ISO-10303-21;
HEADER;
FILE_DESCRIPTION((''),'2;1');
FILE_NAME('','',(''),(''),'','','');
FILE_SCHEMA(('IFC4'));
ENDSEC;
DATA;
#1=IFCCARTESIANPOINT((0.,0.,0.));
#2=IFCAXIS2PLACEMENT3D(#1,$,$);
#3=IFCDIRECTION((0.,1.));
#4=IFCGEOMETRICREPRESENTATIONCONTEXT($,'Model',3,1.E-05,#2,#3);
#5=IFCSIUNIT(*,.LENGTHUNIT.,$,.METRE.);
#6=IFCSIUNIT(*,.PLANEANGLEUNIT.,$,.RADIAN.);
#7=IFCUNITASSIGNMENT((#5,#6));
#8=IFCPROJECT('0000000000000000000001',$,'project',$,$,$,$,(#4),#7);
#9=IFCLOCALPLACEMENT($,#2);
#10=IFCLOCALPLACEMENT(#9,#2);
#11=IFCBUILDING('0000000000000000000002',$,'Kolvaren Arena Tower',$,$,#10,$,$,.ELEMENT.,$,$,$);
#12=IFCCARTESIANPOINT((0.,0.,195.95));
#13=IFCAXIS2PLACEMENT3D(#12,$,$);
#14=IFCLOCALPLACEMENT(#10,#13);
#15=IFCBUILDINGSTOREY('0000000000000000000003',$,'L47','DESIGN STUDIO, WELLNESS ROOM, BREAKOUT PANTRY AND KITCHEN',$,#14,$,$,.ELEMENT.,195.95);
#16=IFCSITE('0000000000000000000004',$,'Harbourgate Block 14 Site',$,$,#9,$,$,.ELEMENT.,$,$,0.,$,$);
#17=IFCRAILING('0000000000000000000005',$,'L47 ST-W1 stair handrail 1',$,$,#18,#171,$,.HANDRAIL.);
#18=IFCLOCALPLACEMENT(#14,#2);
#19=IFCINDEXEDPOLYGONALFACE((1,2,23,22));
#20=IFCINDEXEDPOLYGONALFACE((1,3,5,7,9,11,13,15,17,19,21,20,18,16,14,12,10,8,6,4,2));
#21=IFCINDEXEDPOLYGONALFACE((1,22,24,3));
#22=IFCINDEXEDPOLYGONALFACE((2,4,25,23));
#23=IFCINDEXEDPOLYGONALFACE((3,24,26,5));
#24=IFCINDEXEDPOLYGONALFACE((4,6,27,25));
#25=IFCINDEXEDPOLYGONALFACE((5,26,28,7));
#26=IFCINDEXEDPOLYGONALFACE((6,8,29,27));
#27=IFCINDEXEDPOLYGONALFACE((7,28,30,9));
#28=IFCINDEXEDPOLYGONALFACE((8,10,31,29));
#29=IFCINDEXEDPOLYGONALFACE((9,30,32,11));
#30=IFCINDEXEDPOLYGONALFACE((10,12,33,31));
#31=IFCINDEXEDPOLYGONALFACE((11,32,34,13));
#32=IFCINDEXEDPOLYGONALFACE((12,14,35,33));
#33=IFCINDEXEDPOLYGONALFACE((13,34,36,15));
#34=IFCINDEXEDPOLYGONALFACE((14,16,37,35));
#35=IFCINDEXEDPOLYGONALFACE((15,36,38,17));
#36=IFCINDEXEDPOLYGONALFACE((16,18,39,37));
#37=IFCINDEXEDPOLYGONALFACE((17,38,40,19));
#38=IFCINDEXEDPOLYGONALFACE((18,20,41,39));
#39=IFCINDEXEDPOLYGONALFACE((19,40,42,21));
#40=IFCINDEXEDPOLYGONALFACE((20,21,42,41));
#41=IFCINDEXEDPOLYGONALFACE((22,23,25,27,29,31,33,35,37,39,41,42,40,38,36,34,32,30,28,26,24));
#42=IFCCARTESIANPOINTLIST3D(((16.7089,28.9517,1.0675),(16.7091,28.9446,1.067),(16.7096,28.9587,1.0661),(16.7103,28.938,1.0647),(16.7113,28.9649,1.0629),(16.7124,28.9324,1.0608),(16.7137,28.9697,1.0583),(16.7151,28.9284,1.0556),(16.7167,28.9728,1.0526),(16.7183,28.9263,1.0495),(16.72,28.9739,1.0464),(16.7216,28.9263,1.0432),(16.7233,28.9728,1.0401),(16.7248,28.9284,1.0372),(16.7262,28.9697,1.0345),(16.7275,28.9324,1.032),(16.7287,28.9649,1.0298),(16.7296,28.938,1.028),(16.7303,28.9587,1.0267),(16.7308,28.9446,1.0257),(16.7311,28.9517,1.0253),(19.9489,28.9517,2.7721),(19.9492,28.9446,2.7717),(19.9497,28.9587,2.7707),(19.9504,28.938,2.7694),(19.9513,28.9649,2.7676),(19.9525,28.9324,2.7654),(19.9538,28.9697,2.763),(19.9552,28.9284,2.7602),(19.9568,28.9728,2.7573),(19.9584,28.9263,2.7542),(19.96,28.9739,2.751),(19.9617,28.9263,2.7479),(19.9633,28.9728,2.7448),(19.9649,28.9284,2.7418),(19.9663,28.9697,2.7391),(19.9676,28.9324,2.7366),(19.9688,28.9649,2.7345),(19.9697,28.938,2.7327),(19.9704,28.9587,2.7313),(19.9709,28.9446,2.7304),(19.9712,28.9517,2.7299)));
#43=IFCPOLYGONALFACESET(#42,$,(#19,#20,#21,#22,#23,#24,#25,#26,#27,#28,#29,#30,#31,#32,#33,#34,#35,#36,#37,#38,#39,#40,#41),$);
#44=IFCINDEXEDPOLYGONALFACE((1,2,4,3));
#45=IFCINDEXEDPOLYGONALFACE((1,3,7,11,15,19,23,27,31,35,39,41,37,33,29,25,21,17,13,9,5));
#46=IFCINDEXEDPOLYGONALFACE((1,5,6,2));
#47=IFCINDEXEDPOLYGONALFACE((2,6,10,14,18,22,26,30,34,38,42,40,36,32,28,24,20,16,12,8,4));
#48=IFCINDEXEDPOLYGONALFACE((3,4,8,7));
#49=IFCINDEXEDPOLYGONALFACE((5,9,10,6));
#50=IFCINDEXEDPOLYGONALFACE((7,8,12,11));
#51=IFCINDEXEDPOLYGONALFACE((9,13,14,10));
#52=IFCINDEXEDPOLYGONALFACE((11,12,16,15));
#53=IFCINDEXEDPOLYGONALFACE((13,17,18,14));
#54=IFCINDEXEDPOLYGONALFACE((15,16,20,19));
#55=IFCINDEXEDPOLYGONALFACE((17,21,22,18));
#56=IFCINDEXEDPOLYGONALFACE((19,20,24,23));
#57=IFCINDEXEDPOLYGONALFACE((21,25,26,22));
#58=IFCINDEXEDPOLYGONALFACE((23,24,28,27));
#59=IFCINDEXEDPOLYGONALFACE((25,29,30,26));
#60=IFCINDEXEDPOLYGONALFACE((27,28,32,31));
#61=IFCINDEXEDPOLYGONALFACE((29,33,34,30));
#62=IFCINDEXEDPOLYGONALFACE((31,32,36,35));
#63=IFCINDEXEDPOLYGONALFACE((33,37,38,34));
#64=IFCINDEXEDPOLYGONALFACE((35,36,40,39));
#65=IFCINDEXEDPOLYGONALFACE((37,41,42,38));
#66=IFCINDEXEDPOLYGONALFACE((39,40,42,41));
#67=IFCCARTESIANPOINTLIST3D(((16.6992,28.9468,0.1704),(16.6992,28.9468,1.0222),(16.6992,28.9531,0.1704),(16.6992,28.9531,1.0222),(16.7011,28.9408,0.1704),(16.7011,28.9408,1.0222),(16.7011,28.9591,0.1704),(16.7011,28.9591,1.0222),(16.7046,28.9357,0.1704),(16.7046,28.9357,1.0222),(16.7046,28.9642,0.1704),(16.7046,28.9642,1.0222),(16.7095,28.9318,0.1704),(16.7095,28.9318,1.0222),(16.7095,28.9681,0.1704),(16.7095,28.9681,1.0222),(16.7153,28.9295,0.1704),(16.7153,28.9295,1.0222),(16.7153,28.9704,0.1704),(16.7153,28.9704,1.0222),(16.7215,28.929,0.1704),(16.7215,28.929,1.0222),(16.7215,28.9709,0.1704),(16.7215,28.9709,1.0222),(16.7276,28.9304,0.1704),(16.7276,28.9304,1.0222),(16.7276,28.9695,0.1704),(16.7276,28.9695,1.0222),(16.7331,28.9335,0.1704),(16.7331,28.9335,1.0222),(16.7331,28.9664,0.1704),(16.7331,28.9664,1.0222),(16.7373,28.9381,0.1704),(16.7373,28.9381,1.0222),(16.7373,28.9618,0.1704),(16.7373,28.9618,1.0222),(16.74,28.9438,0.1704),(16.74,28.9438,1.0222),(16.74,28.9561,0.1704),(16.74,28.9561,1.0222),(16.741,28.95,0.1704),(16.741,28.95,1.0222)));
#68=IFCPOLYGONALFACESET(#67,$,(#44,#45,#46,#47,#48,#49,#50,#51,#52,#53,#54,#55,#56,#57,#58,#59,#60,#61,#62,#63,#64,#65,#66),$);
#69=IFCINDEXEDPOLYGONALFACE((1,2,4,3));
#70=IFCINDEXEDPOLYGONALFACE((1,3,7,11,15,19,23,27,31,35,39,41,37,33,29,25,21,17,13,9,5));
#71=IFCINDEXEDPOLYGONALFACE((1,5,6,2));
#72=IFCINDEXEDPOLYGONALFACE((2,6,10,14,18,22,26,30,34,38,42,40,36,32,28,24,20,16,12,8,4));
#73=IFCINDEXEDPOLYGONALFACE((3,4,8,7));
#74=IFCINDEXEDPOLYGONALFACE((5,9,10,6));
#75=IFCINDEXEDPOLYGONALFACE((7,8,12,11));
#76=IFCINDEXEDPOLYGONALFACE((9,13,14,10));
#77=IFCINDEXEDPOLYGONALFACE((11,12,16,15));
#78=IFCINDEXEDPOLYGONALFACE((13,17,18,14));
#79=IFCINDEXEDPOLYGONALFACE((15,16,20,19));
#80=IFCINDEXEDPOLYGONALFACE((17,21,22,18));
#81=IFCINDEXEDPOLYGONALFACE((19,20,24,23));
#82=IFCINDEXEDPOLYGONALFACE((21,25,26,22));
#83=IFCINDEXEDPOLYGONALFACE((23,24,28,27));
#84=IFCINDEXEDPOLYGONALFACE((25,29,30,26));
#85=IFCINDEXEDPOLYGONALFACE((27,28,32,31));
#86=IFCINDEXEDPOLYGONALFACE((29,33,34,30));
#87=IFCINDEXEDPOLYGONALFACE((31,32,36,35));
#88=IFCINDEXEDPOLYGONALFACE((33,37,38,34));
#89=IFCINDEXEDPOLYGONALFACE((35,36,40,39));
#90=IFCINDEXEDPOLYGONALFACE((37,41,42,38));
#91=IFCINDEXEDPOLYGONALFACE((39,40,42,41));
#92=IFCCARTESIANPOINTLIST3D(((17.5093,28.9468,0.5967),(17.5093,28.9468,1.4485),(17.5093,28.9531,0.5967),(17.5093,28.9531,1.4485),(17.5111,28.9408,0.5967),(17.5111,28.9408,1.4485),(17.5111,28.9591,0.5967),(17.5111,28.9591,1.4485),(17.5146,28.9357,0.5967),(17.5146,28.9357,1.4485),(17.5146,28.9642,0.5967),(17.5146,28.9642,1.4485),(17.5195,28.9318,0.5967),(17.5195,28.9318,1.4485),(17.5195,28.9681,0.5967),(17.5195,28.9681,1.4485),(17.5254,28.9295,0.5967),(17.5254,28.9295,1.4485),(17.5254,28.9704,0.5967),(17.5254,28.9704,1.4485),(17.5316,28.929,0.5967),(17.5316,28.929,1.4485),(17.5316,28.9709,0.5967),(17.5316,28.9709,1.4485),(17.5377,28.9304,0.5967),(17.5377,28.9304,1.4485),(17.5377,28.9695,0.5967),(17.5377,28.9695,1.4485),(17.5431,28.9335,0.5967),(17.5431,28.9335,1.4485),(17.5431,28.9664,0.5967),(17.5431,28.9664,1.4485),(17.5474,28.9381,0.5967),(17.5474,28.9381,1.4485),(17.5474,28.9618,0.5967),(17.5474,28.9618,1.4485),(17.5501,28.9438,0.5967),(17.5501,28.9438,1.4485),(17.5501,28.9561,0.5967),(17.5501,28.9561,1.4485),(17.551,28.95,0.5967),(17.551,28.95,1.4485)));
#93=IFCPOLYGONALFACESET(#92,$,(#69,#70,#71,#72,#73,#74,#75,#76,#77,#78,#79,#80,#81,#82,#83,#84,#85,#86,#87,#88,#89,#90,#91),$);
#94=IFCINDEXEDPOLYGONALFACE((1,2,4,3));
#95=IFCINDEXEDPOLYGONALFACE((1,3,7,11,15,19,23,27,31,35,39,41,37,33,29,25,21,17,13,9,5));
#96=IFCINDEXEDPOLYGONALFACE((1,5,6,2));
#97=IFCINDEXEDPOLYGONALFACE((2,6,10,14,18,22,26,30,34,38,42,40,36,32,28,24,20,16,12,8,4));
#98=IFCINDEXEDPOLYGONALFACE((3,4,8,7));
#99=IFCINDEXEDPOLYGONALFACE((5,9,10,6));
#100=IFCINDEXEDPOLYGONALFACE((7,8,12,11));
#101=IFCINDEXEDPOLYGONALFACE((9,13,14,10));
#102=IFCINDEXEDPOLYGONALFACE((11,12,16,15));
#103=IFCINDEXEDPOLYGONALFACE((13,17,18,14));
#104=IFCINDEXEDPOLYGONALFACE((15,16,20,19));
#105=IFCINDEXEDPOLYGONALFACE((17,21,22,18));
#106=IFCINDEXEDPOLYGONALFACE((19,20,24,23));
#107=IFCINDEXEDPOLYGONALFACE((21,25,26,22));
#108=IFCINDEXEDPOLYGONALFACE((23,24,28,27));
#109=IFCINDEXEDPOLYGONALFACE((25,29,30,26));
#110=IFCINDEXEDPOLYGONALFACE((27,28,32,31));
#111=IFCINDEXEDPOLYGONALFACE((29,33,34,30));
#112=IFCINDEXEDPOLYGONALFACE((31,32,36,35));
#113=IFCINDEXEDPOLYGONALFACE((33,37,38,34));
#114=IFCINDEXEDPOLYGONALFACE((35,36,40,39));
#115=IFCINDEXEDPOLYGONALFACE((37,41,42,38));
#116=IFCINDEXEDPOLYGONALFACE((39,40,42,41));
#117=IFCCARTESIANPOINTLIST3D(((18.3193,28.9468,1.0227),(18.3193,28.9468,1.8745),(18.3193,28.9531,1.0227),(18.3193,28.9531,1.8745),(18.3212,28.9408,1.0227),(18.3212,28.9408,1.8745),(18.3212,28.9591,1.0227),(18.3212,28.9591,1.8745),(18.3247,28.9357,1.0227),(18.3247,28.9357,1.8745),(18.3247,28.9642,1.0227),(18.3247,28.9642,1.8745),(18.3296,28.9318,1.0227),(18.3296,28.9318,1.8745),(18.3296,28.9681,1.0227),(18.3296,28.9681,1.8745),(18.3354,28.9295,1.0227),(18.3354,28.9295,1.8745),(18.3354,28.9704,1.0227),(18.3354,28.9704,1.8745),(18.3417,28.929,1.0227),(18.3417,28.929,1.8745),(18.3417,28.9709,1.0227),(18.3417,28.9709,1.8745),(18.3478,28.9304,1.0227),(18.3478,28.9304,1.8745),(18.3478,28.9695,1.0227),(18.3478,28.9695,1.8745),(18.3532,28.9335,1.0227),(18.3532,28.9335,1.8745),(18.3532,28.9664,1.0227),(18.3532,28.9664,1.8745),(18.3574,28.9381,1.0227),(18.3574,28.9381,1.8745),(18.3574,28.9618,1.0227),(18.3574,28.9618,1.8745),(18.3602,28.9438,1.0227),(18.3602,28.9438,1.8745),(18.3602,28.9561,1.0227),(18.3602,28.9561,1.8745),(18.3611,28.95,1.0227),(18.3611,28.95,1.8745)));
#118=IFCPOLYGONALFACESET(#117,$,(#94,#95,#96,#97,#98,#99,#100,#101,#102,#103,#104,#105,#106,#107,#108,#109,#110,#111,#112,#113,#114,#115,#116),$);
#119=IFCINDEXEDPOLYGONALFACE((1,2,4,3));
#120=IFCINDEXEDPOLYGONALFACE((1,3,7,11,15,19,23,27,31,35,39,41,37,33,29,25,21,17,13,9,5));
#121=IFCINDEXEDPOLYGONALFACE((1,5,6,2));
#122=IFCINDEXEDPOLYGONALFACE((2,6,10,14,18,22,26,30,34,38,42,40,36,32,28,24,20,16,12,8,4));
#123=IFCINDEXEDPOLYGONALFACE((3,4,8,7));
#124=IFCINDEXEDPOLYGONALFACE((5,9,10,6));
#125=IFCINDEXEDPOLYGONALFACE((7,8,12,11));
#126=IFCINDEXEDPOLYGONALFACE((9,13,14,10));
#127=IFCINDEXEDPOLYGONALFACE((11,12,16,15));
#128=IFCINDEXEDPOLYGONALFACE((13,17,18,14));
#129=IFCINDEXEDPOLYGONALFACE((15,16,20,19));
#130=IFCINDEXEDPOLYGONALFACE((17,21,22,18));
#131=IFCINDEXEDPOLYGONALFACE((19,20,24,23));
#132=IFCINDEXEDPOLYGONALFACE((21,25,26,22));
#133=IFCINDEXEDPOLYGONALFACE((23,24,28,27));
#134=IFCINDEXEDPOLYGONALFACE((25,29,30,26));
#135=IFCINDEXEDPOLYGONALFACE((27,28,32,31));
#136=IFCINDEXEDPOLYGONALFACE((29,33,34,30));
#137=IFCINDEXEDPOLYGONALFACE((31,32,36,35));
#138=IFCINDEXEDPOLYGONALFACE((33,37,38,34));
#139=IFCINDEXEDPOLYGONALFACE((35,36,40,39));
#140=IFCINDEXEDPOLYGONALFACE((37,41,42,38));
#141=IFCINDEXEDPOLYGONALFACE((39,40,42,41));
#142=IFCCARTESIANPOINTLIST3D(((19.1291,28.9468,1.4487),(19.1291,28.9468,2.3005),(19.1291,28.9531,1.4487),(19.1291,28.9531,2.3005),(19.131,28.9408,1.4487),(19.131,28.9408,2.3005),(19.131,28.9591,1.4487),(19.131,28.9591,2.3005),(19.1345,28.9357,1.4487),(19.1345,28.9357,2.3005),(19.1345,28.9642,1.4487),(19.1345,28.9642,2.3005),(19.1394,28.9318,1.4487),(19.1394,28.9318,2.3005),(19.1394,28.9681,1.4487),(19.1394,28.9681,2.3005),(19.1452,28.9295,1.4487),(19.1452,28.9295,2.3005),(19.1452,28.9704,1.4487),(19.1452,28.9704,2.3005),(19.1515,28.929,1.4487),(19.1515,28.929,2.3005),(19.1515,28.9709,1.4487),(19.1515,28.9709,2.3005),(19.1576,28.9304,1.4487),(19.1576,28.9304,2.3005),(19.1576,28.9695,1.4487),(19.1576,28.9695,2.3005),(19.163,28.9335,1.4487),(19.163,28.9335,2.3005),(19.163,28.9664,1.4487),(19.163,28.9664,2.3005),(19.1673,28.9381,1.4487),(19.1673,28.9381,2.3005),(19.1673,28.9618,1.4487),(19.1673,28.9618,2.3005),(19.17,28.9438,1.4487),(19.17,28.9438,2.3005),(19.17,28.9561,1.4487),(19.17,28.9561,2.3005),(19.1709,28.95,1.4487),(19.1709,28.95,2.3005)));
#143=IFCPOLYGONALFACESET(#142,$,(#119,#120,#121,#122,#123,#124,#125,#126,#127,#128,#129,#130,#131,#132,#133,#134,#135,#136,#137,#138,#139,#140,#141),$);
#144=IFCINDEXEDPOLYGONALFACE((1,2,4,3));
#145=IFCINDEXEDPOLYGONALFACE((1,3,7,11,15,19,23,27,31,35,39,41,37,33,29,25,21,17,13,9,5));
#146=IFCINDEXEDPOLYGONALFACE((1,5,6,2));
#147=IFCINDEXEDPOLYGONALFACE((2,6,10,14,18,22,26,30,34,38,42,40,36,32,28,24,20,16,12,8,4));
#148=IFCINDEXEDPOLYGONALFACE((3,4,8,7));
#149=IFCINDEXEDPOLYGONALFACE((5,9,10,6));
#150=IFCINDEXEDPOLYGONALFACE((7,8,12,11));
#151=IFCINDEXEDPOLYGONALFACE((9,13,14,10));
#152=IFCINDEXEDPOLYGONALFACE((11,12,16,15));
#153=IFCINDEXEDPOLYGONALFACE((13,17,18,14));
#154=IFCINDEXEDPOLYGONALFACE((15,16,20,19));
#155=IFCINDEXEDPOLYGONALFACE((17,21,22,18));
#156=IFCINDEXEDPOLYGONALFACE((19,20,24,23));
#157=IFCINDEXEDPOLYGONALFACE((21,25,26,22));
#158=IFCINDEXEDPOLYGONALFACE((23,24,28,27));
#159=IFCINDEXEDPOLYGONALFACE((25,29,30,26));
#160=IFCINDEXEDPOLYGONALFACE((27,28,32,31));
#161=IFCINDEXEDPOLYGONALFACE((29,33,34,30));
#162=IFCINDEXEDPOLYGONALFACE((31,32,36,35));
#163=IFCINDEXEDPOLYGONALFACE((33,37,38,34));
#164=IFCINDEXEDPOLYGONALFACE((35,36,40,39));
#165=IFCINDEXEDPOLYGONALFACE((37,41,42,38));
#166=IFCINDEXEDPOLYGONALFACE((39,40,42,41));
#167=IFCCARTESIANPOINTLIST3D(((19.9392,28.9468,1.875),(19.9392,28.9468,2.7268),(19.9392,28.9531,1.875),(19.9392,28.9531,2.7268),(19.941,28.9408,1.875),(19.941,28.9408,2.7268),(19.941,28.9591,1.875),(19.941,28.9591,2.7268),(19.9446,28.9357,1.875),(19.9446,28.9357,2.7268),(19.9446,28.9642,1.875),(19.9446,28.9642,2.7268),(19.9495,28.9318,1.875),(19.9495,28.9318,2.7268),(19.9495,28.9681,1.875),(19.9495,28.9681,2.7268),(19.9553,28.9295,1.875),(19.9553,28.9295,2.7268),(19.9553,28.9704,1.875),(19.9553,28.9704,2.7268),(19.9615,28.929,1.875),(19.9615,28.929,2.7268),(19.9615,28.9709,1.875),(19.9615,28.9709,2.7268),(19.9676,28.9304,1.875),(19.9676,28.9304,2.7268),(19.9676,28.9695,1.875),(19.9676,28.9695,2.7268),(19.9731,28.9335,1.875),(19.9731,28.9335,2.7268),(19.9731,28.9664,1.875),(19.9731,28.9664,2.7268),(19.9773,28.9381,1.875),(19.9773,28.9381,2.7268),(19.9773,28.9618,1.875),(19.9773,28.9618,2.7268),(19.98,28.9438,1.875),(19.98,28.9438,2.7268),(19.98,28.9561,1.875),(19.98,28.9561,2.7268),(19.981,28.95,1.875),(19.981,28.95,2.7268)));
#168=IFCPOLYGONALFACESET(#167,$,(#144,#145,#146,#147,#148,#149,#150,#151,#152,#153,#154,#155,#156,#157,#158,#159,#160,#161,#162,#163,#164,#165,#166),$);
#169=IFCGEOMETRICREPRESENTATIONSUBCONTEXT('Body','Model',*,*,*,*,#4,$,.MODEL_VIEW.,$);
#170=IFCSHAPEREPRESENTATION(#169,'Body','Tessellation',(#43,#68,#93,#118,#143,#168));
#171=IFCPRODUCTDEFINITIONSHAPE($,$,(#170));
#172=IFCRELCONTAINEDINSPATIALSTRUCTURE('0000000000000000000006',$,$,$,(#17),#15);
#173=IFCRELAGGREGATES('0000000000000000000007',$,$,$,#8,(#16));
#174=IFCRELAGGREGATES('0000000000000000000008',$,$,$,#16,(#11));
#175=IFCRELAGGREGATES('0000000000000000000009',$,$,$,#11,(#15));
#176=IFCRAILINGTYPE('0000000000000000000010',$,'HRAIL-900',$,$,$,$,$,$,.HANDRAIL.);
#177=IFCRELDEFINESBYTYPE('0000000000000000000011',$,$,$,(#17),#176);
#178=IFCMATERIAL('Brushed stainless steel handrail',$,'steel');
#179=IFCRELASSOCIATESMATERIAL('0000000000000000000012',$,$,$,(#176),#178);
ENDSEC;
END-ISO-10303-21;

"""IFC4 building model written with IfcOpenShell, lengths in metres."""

from ifc_helpers import new_model, si_unit, direction, frame, origin, origin_2d, place, context, subcontext, project, spatial, circle, extrude, material, type_object, element, save


model = new_model("IFC4")

# Units and contexts
model_context = context("Model", 3, precision=1e-05, world=origin(), true_north=direction((0.0, 1.0)))
body_context = subcontext(model_context, "Body", "Model", "MODEL_VIEW")
ifc_project = project(units=[si_unit("LENGTHUNIT", "METRE"), si_unit("PLANEANGLEUNIT", "RADIAN")], contexts=[model_context])

# Site, building, storey
site_placement = place(None, origin())
site = spatial("IfcSite", under=ifc_project, at=site_placement, Name="Harbourgate Block 14 Site", CompositionType="ELEMENT", RefElevation=0.0)
building_placement = place(site_placement, origin())
building = spatial("IfcBuilding", under=site, at=building_placement, Name="Kolvaren Arena Tower", CompositionType="ELEMENT")
storey_placement = place(building_placement, frame((0.0, 0.0, 195.95)))
storey = spatial("IfcBuildingStorey", under=building, at=storey_placement, Name="L47", Description="DESIGN STUDIO, WELLNESS ROOM, BREAKOUT PANTRY AND KITCHEN", CompositionType="ELEMENT", Elevation=195.95)

# Railing
ifc_material_1 = material(Name="Brushed stainless steel handrail", Category="steel")
railing_type_1 = type_object("IfcRailingType", Name="HRAIL-900", PredefinedType="HANDRAIL", material=ifc_material_1)
railing_1_placement = place(storey_placement, frame((16.72, 28.95, 0.1704)))
element("IfcRailing", 1, at=railing_1_placement, inside=storey, type_object=railing_type_1, Name="L47 ST-W1 stair handrail 1", PredefinedType="HANDRAIL", context=body_context, shape_type="SweptSolid", body=[
    extrude(circle(Radius=0.0239, at=origin_2d()), frame((0.0, 0.0, 0.876), z_axis=(0.884993, 0.0, 0.465604), x_axis=(0.0, 1.0, 0.0)), (0.0, 0.0, 1.0), 3.6611),
    extrude(circle(Radius=0.021, at=origin_2d()), origin(), (0.0, 0.0, 1.0), 0.8518),
    extrude(circle(Radius=0.021, at=origin_2d()), frame((0.8101, 0.0, 0.4263)), (0.0, 0.0, 1.0), 0.8518),
    extrude(circle(Radius=0.021, at=origin_2d()), frame((1.6201, 0.0, 0.8523)), (0.0, 0.0, 1.0), 0.8518),
    extrude(circle(Radius=0.021, at=origin_2d()), frame((2.4299, 0.0, 1.2783)), (0.0, 0.0, 1.0), 0.8518),
    extrude(circle(Radius=0.021, at=origin_2d()), frame((3.24, 0.0, 1.7046)), (0.0, 0.0, 1.0), 0.8518),
])

save(model, "model.ifc")
